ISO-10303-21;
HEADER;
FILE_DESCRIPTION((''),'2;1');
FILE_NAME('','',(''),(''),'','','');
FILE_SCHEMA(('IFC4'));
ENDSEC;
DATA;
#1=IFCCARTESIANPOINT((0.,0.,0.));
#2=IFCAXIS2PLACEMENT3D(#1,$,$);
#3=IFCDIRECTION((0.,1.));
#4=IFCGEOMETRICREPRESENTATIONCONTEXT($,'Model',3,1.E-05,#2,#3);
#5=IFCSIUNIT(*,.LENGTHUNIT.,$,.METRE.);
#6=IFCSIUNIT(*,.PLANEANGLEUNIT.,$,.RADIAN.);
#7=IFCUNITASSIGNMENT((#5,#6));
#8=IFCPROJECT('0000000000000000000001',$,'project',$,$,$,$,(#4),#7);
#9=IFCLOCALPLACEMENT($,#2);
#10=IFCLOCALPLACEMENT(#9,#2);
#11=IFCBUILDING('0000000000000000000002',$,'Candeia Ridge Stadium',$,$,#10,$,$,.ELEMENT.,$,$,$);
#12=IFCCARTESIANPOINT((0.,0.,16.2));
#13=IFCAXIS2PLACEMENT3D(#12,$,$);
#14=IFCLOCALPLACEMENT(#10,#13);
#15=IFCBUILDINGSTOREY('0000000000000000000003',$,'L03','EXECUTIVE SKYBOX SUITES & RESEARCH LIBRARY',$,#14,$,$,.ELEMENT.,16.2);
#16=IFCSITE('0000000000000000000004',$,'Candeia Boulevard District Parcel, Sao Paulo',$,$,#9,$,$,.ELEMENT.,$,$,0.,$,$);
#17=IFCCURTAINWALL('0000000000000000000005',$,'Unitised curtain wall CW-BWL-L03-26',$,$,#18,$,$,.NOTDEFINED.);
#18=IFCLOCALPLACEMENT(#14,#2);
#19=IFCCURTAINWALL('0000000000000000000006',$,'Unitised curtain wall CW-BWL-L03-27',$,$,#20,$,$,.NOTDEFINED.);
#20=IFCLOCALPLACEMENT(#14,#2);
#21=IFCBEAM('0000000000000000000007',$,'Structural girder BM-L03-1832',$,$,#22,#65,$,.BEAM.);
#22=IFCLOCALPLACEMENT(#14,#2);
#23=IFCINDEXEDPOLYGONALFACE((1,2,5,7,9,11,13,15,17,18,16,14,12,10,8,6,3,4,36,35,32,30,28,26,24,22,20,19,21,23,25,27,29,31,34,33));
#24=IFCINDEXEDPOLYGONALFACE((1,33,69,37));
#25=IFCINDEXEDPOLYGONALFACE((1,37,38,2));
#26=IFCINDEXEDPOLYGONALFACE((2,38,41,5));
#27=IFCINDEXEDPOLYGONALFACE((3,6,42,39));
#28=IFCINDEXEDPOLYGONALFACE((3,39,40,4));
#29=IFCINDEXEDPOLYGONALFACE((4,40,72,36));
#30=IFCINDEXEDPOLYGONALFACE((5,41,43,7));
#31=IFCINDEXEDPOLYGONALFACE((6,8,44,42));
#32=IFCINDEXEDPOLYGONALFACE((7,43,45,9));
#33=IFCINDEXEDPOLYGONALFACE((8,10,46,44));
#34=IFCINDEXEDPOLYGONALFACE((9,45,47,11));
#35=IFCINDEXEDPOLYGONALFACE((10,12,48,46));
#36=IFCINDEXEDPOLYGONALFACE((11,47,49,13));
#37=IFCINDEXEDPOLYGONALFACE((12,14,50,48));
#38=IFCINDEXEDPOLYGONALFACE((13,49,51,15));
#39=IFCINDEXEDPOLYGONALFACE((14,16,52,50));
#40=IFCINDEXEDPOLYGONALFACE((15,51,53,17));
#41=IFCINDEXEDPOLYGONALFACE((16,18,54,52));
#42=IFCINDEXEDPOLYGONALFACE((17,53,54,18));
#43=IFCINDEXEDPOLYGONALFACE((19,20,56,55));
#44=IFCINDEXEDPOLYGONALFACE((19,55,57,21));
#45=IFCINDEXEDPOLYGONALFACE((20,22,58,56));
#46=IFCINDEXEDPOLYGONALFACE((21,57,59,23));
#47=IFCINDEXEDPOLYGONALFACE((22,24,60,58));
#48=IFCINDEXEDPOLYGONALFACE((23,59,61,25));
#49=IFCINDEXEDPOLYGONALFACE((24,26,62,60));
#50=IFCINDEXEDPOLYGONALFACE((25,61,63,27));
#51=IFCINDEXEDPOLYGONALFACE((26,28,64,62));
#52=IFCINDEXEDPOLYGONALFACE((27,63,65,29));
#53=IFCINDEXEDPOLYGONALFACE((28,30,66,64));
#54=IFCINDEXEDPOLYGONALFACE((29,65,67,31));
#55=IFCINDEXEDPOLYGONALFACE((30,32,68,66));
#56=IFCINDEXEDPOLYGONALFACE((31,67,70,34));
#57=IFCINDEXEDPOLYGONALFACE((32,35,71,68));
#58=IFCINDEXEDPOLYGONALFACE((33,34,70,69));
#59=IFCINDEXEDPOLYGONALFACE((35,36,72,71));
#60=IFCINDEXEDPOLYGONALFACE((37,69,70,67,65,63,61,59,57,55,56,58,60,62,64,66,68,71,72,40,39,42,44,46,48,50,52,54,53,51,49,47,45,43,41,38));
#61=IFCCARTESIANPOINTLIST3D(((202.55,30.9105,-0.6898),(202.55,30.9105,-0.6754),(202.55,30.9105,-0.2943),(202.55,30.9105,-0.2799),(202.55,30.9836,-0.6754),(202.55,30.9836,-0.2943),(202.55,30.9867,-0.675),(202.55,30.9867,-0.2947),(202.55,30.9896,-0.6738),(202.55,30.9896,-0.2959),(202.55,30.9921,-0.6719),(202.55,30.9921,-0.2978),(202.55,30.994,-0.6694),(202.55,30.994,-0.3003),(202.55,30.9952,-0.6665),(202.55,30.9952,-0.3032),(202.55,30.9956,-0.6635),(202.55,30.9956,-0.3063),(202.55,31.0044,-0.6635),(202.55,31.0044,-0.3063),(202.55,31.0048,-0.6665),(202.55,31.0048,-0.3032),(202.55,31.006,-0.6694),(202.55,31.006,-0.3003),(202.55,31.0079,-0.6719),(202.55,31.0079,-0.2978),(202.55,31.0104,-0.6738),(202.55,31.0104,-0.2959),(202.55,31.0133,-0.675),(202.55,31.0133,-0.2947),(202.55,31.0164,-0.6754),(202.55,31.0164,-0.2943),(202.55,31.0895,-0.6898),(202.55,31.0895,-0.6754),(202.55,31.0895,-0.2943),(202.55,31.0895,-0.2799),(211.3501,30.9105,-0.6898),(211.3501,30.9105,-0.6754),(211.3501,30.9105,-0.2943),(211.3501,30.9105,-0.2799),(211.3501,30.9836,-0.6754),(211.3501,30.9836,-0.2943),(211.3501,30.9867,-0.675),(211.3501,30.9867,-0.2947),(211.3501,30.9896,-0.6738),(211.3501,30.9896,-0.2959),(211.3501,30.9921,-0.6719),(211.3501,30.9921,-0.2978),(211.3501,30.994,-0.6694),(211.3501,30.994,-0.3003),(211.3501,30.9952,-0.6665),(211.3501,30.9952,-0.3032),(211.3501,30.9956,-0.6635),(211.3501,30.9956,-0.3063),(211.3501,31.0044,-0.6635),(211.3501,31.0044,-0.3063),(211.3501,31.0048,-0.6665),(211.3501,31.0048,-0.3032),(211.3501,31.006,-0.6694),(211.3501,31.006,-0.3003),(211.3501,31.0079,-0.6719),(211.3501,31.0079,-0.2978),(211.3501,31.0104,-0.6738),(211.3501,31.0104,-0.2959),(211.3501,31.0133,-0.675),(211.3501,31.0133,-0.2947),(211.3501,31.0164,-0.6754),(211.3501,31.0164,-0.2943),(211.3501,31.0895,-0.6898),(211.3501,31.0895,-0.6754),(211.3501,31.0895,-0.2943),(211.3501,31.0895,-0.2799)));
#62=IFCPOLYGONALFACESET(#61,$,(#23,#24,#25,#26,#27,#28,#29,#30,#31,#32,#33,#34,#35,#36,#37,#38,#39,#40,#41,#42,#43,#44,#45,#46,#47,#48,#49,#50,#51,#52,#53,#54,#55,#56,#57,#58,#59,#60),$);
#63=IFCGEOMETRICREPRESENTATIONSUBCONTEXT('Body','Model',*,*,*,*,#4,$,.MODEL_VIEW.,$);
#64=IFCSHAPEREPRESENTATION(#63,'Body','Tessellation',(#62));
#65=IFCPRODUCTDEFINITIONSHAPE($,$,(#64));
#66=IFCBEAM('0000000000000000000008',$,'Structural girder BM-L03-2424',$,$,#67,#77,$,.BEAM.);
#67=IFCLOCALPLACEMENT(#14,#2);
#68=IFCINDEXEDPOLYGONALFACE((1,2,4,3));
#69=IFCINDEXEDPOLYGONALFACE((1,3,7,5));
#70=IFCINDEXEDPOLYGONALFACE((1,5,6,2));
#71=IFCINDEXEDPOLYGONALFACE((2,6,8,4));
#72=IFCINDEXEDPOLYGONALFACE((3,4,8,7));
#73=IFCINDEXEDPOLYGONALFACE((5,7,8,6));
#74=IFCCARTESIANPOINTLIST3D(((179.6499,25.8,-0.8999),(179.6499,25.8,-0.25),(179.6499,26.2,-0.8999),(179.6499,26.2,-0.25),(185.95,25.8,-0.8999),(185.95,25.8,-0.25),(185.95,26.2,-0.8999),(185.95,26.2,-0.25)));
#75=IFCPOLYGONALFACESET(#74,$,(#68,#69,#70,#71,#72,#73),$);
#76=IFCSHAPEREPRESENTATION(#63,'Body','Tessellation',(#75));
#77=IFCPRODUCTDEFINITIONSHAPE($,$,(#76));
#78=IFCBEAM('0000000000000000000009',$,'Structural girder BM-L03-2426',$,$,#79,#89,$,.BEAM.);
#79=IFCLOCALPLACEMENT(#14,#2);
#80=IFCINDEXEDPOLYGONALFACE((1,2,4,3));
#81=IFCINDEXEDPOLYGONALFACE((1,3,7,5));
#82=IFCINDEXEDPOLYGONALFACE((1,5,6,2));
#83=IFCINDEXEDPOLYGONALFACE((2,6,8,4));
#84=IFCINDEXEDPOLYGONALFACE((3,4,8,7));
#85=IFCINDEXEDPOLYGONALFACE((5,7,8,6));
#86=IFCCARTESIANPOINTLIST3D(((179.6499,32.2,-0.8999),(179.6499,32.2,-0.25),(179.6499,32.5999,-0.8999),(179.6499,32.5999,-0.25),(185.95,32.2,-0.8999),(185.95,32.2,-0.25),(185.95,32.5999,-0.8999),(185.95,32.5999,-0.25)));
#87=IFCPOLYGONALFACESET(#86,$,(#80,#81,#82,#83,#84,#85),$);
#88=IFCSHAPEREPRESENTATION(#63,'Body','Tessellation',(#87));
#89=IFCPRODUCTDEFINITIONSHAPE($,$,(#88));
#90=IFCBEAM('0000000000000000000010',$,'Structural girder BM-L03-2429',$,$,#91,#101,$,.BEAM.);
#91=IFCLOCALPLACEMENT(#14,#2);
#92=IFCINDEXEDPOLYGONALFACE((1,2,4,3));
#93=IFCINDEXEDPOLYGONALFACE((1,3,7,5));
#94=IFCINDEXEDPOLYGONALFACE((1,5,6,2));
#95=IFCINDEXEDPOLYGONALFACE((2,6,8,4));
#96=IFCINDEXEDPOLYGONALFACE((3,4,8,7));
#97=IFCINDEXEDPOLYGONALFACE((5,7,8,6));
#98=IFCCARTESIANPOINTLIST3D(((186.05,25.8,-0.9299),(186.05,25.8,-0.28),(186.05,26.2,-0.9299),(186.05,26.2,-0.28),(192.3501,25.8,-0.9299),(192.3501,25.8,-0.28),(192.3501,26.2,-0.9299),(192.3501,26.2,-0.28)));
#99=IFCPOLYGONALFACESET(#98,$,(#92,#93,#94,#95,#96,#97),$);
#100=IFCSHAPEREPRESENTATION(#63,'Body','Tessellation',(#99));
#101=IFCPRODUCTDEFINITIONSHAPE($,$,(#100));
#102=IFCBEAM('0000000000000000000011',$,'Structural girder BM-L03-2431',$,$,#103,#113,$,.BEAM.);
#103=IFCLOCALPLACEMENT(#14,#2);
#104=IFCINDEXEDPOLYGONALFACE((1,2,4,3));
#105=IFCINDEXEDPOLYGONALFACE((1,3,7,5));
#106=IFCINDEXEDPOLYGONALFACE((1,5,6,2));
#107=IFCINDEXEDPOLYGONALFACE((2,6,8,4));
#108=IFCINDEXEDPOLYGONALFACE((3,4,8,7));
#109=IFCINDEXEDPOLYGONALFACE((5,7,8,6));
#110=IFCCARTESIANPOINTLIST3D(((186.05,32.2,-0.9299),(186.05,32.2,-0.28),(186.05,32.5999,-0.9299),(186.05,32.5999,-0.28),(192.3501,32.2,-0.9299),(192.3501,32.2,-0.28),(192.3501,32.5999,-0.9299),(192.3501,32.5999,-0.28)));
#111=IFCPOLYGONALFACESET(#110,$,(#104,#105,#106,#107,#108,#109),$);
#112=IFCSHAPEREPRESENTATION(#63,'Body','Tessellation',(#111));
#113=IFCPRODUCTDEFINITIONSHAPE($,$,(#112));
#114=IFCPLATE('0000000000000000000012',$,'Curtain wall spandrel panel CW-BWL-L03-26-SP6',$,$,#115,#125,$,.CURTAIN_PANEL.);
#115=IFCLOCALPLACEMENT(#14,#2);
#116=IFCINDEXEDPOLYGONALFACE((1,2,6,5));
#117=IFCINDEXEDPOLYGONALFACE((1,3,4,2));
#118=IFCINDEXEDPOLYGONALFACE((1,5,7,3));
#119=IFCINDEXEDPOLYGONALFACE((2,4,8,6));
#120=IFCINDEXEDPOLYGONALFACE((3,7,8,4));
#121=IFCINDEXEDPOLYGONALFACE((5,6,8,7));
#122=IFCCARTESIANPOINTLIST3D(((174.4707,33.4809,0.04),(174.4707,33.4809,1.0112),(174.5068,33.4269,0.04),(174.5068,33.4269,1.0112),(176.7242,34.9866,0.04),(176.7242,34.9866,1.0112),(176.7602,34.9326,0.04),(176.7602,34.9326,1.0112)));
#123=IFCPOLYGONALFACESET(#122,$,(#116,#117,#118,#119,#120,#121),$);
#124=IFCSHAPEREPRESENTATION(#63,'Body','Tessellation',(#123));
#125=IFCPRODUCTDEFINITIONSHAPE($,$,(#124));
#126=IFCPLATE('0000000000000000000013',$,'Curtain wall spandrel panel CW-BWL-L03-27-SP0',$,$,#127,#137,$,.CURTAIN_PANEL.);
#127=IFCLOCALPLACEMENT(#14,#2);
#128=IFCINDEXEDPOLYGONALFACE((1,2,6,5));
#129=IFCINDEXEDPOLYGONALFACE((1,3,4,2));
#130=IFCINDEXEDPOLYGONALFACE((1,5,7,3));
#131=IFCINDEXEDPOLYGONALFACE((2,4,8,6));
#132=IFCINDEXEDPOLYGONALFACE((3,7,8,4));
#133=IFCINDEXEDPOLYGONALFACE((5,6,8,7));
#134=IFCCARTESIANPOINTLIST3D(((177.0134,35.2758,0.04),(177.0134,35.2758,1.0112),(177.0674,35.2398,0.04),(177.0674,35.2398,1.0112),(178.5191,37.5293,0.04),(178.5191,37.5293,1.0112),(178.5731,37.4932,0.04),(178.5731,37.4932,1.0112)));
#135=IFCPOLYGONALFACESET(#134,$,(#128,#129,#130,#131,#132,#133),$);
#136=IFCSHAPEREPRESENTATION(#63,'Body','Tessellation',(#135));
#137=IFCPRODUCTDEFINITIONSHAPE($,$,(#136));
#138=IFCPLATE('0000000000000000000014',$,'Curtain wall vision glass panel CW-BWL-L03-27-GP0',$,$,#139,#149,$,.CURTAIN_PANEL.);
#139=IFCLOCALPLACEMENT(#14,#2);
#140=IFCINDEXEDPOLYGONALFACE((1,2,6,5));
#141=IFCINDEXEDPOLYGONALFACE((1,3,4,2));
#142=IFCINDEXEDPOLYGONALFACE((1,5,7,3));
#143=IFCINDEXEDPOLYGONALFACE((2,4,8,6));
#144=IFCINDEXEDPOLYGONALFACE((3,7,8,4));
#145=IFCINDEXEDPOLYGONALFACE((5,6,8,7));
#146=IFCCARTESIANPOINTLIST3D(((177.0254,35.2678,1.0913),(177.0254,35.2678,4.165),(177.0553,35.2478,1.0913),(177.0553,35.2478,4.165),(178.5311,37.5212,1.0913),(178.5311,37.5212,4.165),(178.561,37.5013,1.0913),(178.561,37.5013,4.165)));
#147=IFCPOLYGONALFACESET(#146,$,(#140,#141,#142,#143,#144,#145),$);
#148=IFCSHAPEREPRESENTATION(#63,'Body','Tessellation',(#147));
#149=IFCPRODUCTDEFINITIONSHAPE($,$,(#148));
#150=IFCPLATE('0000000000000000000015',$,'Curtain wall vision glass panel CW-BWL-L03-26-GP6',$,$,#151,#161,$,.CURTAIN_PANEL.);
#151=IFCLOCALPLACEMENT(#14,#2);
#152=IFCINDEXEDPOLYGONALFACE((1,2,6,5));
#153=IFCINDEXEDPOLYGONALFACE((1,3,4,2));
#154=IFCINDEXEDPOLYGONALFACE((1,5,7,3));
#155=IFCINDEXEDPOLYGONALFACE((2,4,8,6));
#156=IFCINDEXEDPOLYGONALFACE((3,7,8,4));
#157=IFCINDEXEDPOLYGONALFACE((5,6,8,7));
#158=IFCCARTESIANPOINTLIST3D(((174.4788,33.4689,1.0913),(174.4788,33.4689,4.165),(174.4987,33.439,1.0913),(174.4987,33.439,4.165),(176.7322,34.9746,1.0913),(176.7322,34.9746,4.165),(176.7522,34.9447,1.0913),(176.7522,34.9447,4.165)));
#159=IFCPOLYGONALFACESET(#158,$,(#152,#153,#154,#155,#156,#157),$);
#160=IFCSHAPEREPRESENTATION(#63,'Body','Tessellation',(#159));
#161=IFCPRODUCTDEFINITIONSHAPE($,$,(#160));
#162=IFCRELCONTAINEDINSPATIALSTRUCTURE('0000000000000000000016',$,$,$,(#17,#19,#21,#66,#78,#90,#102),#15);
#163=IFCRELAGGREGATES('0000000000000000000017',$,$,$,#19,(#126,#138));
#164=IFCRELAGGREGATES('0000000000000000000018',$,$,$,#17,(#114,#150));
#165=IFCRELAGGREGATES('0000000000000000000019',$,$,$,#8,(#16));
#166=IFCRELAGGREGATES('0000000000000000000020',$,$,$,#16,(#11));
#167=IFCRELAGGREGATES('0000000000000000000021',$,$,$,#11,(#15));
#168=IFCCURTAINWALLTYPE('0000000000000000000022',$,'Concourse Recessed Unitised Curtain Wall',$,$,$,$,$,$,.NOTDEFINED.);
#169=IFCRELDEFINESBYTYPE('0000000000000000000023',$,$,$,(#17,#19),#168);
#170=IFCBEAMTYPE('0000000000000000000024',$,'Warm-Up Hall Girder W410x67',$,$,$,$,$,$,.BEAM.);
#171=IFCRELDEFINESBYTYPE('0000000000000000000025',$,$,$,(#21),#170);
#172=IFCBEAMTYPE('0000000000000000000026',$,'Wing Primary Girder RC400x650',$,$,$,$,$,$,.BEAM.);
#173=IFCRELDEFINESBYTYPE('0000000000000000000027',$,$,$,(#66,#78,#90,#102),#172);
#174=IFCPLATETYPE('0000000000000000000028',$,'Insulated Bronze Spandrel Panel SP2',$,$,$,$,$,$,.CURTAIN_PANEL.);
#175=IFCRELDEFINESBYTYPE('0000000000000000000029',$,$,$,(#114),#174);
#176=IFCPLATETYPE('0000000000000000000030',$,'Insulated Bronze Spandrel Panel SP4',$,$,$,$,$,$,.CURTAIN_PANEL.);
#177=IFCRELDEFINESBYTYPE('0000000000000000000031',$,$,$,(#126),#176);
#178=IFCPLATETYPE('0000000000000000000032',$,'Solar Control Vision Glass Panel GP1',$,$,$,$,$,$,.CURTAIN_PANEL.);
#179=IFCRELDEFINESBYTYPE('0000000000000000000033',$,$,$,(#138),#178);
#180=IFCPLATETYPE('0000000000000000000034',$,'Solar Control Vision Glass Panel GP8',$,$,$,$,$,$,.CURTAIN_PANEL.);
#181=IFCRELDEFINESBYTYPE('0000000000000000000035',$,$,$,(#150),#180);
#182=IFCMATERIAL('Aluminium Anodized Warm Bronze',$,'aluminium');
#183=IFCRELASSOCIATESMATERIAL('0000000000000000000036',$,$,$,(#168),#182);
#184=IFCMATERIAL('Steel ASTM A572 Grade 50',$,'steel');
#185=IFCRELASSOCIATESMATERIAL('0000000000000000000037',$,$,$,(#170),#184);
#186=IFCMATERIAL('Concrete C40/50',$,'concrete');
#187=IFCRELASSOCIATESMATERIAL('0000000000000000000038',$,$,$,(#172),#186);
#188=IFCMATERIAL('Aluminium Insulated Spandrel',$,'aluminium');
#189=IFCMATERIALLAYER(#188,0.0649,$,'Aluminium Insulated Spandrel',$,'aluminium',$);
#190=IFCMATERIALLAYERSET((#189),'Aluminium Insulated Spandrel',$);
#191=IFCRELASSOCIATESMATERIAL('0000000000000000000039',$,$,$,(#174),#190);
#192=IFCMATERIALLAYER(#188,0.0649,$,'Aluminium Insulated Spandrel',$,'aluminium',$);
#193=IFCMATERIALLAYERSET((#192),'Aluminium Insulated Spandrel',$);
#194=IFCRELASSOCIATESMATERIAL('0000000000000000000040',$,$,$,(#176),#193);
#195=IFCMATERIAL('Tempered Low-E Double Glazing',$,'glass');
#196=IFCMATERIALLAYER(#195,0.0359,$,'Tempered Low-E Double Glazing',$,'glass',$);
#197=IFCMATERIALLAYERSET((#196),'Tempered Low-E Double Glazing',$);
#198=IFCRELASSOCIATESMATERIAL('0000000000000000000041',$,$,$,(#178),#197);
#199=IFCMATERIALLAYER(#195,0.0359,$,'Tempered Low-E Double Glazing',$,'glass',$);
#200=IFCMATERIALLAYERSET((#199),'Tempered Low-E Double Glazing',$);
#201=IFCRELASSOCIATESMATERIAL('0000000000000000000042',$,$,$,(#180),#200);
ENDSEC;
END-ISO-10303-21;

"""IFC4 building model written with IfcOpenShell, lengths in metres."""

from ifc_helpers import new_model, si_unit, direction, frame, origin, origin_2d, place, context, subcontext, project, spatial, rectangle, i_section, extrude, material, layer, layer_set, material_profile, profile_set, type_object, element, aggregate, save


model = new_model("IFC4")

# Units and contexts
model_context = context("Model", 3, precision=1e-05, world=origin(), true_north=direction((0.0, 1.0)))
body_context = subcontext(model_context, "Body", "Model", "MODEL_VIEW")
ifc_project = project(units=[si_unit("LENGTHUNIT", "METRE"), si_unit("PLANEANGLEUNIT", "RADIAN")], contexts=[model_context])

# Site, building, storey
site_placement = place(None, origin())
site = spatial("IfcSite", under=ifc_project, at=site_placement, Name="Candeia Boulevard District Parcel, Sao Paulo", CompositionType="ELEMENT", RefElevation=0.0)
building_placement = place(site_placement, origin())
building = spatial("IfcBuilding", under=site, at=building_placement, Name="Candeia Ridge Stadium", CompositionType="ELEMENT")
storey_placement = place(building_placement, frame((0.0, 0.0, 16.2)))
storey = spatial("IfcBuildingStorey", under=building, at=storey_placement, Name="L03", Description="EXECUTIVE SKYBOX SUITES & RESEARCH LIBRARY", CompositionType="ELEMENT", Elevation=16.2)

# Shared definitions
ifc_material_1 = material(Name="Concrete C40/50", Category="concrete")

# Curtain wall
ifc_material_2 = material(Name="Aluminium Anodized Warm Bronze", Category="aluminium")
curtain_wall_type = type_object("IfcCurtainWallType", Name="Concourse Recessed Unitised Curtain Wall", PredefinedType="NOTDEFINED", material=ifc_material_2)
curtain_wall_1_placement = place(storey_placement, origin())
curtain_wall_1 = element("IfcCurtainWall", 1, at=curtain_wall_1_placement, inside=storey, type_object=curtain_wall_type, Name="Unitised curtain wall CW-BWL-L03-26", PredefinedType="NOTDEFINED")

# Curtain wall
curtain_wall_2_placement = place(storey_placement, origin())
curtain_wall_2 = element("IfcCurtainWall", 2, at=curtain_wall_2_placement, inside=storey, type_object=curtain_wall_type, Name="Unitised curtain wall CW-BWL-L03-27", PredefinedType="NOTDEFINED")

# Beams
ifc_material_3 = material(Name="Steel ASTM A572 Grade 50", Category="steel")
ifc_material_profile_1 = material_profile(ifc_material_3, i_section(OverallWidth=0.179, OverallDepth=0.4099, WebThickness=0.0088, FlangeThickness=0.0144, FilletRadius=0.012, at=origin_2d()), Name="W410x67", Category="steel")
ifc_profile_set_1 = profile_set([ifc_material_profile_1], Name="Steel ASTM A572 Grade 50")
beam_type_1 = type_object("IfcBeamType", Name="Warm-Up Hall Girder W410x67", PredefinedType="BEAM", material=ifc_profile_set_1)
for number, where, z_axis, x_axis, name in (
    (3, (202.55, 31.0, -0.4849), (1.0, 0.0, 0.0), (0.0, 1.0, 0.0), "Structural girder BM-L03-1832"),
):
    element("IfcBeam", number, at=place(storey_placement, frame(where, z_axis=z_axis, x_axis=x_axis)), inside=storey, type_object=beam_type_1, Name=name, PredefinedType="BEAM", context=body_context, shape_type="SweptSolid", body=[
        extrude(i_section(OverallWidth=0.179, OverallDepth=0.4099, WebThickness=0.0088, FlangeThickness=0.0144, FilletRadius=0.012, at=origin_2d()), origin(), (0.0, 0.0, 1.0), 8.8),
    ])
ifc_material_profile_2 = material_profile(ifc_material_1, rectangle(XDim=0.3999, YDim=0.6499, at=origin_2d()), Name="RC400x650", Category="concrete")
ifc_profile_set_2 = profile_set([ifc_material_profile_2], Name="Concrete C40/50")
beam_type_2 = type_object("IfcBeamType", Name="Wing Primary Girder RC400x650", PredefinedType="BEAM", material=ifc_profile_set_2)
for number, where, z_axis, x_axis, name in (
    (4, (179.6499, 26.0, -0.575), (1.0, 0.0, 0.0), (0.0, 1.0, 0.0), "Structural girder BM-L03-2424"),
    (5, (179.6499, 32.3999, -0.575), (1.0, 0.0, 0.0), (0.0, 1.0, 0.0), "Structural girder BM-L03-2426"),
    (6, (186.05, 26.0, -0.605), (1.0, 0.0, 0.0), (0.0, 1.0, 0.0), "Structural girder BM-L03-2429"),
    (7, (186.05, 32.3999, -0.605), (1.0, 0.0, 0.0), (0.0, 1.0, 0.0), "Structural girder BM-L03-2431"),
):
    element("IfcBeam", number, at=place(storey_placement, frame(where, z_axis=z_axis, x_axis=x_axis)), inside=storey, type_object=beam_type_2, Name=name, PredefinedType="BEAM", context=body_context, shape_type="SweptSolid", body=[
        extrude(rectangle(XDim=0.3999, YDim=0.6499, at=origin_2d()), origin(), (0.0, 0.0, 1.0), 6.3),
    ])

# Plates
ifc_material_4 = material(Name="Aluminium Insulated Spandrel", Category="aluminium")
ifc_layer_1 = layer(ifc_material_4, 0.0649, Name="Aluminium Insulated Spandrel", Category="aluminium")
ifc_layer_set_1 = layer_set([ifc_layer_1], Name="Aluminium Insulated Spandrel")
plate_type_1 = type_object("IfcPlateType", Name="Insulated Bronze Spandrel Panel SP2", PredefinedType="CURTAIN_PANEL", material=ifc_layer_set_1)
plate_1_placement = place(storey_placement, frame((175.6155, 34.2068, 0.04), z_axis=(0.0, 0.0, 1.0), x_axis=(0.831469, 0.555571, 0.0)))
plate_1 = element("IfcPlate", 8, at=plate_1_placement, type_object=plate_type_1, Name="Curtain wall spandrel panel CW-BWL-L03-26-SP6", PredefinedType="CURTAIN_PANEL", context=body_context, shape_type="SweptSolid", body=[
    extrude(rectangle(XDim=2.7102, YDim=0.0649, at=origin_2d()), origin(), (0.0, 0.0, 1.0), 0.9712),
])
ifc_layer_2 = layer(ifc_material_4, 0.0649, Name="Aluminium Insulated Spandrel", Category="aluminium")
ifc_layer_set_2 = layer_set([ifc_layer_2], Name="Aluminium Insulated Spandrel")
plate_type_2 = type_object("IfcPlateType", Name="Insulated Bronze Spandrel Panel SP4", PredefinedType="CURTAIN_PANEL", material=ifc_layer_set_2)
plate_2_placement = place(storey_placement, frame((177.7932, 36.3845, 0.04), z_axis=(0.0, 0.0, 1.0), x_axis=(0.555571, 0.831469, 0.0)))
plate_2 = element("IfcPlate", 9, at=plate_2_placement, type_object=plate_type_2, Name="Curtain wall spandrel panel CW-BWL-L03-27-SP0", PredefinedType="CURTAIN_PANEL", context=body_context, shape_type="SweptSolid", body=[
    extrude(rectangle(XDim=2.7102, YDim=0.0649, at=origin_2d()), origin(), (0.0, 0.0, 1.0), 0.9712),
])
ifc_material_5 = material(Name="Tempered Low-E Double Glazing", Category="glass")
ifc_layer_3 = layer(ifc_material_5, 0.0359, Name="Tempered Low-E Double Glazing", Category="glass")
ifc_layer_set_3 = layer_set([ifc_layer_3], Name="Tempered Low-E Double Glazing")
plate_type_3 = type_object("IfcPlateType", Name="Solar Control Vision Glass Panel GP1", PredefinedType="CURTAIN_PANEL", material=ifc_layer_set_3)
plate_3_placement = place(storey_placement, frame((177.7932, 36.3845, 1.0913), z_axis=(0.0, 0.0, 1.0), x_axis=(0.555571, 0.831469, 0.0)))
plate_3 = element("IfcPlate", 10, at=plate_3_placement, type_object=plate_type_3, Name="Curtain wall vision glass panel CW-BWL-L03-27-GP0", PredefinedType="CURTAIN_PANEL", context=body_context, shape_type="SweptSolid", body=[
    extrude(rectangle(XDim=2.7102, YDim=0.0359, at=origin_2d()), origin(), (0.0, 0.0, 1.0), 3.0737),
])
aggregate(curtain_wall_2, [plate_2, plate_3])
ifc_layer_4 = layer(ifc_material_5, 0.0359, Name="Tempered Low-E Double Glazing", Category="glass")
ifc_layer_set_4 = layer_set([ifc_layer_4], Name="Tempered Low-E Double Glazing")
plate_type_4 = type_object("IfcPlateType", Name="Solar Control Vision Glass Panel GP8", PredefinedType="CURTAIN_PANEL", material=ifc_layer_set_4)
plate_4_placement = place(storey_placement, frame((175.6155, 34.2068, 1.0913), z_axis=(0.0, 0.0, 1.0), x_axis=(0.831469, 0.555571, 0.0)))
plate_4 = element("IfcPlate", 11, at=plate_4_placement, type_object=plate_type_4, Name="Curtain wall vision glass panel CW-BWL-L03-26-GP6", PredefinedType="CURTAIN_PANEL", context=body_context, shape_type="SweptSolid", body=[
    extrude(rectangle(XDim=2.7102, YDim=0.0359, at=origin_2d()), origin(), (0.0, 0.0, 1.0), 3.0737),
])
aggregate(curtain_wall_1, [plate_1, plate_4])

save(model, "model.ifc")
